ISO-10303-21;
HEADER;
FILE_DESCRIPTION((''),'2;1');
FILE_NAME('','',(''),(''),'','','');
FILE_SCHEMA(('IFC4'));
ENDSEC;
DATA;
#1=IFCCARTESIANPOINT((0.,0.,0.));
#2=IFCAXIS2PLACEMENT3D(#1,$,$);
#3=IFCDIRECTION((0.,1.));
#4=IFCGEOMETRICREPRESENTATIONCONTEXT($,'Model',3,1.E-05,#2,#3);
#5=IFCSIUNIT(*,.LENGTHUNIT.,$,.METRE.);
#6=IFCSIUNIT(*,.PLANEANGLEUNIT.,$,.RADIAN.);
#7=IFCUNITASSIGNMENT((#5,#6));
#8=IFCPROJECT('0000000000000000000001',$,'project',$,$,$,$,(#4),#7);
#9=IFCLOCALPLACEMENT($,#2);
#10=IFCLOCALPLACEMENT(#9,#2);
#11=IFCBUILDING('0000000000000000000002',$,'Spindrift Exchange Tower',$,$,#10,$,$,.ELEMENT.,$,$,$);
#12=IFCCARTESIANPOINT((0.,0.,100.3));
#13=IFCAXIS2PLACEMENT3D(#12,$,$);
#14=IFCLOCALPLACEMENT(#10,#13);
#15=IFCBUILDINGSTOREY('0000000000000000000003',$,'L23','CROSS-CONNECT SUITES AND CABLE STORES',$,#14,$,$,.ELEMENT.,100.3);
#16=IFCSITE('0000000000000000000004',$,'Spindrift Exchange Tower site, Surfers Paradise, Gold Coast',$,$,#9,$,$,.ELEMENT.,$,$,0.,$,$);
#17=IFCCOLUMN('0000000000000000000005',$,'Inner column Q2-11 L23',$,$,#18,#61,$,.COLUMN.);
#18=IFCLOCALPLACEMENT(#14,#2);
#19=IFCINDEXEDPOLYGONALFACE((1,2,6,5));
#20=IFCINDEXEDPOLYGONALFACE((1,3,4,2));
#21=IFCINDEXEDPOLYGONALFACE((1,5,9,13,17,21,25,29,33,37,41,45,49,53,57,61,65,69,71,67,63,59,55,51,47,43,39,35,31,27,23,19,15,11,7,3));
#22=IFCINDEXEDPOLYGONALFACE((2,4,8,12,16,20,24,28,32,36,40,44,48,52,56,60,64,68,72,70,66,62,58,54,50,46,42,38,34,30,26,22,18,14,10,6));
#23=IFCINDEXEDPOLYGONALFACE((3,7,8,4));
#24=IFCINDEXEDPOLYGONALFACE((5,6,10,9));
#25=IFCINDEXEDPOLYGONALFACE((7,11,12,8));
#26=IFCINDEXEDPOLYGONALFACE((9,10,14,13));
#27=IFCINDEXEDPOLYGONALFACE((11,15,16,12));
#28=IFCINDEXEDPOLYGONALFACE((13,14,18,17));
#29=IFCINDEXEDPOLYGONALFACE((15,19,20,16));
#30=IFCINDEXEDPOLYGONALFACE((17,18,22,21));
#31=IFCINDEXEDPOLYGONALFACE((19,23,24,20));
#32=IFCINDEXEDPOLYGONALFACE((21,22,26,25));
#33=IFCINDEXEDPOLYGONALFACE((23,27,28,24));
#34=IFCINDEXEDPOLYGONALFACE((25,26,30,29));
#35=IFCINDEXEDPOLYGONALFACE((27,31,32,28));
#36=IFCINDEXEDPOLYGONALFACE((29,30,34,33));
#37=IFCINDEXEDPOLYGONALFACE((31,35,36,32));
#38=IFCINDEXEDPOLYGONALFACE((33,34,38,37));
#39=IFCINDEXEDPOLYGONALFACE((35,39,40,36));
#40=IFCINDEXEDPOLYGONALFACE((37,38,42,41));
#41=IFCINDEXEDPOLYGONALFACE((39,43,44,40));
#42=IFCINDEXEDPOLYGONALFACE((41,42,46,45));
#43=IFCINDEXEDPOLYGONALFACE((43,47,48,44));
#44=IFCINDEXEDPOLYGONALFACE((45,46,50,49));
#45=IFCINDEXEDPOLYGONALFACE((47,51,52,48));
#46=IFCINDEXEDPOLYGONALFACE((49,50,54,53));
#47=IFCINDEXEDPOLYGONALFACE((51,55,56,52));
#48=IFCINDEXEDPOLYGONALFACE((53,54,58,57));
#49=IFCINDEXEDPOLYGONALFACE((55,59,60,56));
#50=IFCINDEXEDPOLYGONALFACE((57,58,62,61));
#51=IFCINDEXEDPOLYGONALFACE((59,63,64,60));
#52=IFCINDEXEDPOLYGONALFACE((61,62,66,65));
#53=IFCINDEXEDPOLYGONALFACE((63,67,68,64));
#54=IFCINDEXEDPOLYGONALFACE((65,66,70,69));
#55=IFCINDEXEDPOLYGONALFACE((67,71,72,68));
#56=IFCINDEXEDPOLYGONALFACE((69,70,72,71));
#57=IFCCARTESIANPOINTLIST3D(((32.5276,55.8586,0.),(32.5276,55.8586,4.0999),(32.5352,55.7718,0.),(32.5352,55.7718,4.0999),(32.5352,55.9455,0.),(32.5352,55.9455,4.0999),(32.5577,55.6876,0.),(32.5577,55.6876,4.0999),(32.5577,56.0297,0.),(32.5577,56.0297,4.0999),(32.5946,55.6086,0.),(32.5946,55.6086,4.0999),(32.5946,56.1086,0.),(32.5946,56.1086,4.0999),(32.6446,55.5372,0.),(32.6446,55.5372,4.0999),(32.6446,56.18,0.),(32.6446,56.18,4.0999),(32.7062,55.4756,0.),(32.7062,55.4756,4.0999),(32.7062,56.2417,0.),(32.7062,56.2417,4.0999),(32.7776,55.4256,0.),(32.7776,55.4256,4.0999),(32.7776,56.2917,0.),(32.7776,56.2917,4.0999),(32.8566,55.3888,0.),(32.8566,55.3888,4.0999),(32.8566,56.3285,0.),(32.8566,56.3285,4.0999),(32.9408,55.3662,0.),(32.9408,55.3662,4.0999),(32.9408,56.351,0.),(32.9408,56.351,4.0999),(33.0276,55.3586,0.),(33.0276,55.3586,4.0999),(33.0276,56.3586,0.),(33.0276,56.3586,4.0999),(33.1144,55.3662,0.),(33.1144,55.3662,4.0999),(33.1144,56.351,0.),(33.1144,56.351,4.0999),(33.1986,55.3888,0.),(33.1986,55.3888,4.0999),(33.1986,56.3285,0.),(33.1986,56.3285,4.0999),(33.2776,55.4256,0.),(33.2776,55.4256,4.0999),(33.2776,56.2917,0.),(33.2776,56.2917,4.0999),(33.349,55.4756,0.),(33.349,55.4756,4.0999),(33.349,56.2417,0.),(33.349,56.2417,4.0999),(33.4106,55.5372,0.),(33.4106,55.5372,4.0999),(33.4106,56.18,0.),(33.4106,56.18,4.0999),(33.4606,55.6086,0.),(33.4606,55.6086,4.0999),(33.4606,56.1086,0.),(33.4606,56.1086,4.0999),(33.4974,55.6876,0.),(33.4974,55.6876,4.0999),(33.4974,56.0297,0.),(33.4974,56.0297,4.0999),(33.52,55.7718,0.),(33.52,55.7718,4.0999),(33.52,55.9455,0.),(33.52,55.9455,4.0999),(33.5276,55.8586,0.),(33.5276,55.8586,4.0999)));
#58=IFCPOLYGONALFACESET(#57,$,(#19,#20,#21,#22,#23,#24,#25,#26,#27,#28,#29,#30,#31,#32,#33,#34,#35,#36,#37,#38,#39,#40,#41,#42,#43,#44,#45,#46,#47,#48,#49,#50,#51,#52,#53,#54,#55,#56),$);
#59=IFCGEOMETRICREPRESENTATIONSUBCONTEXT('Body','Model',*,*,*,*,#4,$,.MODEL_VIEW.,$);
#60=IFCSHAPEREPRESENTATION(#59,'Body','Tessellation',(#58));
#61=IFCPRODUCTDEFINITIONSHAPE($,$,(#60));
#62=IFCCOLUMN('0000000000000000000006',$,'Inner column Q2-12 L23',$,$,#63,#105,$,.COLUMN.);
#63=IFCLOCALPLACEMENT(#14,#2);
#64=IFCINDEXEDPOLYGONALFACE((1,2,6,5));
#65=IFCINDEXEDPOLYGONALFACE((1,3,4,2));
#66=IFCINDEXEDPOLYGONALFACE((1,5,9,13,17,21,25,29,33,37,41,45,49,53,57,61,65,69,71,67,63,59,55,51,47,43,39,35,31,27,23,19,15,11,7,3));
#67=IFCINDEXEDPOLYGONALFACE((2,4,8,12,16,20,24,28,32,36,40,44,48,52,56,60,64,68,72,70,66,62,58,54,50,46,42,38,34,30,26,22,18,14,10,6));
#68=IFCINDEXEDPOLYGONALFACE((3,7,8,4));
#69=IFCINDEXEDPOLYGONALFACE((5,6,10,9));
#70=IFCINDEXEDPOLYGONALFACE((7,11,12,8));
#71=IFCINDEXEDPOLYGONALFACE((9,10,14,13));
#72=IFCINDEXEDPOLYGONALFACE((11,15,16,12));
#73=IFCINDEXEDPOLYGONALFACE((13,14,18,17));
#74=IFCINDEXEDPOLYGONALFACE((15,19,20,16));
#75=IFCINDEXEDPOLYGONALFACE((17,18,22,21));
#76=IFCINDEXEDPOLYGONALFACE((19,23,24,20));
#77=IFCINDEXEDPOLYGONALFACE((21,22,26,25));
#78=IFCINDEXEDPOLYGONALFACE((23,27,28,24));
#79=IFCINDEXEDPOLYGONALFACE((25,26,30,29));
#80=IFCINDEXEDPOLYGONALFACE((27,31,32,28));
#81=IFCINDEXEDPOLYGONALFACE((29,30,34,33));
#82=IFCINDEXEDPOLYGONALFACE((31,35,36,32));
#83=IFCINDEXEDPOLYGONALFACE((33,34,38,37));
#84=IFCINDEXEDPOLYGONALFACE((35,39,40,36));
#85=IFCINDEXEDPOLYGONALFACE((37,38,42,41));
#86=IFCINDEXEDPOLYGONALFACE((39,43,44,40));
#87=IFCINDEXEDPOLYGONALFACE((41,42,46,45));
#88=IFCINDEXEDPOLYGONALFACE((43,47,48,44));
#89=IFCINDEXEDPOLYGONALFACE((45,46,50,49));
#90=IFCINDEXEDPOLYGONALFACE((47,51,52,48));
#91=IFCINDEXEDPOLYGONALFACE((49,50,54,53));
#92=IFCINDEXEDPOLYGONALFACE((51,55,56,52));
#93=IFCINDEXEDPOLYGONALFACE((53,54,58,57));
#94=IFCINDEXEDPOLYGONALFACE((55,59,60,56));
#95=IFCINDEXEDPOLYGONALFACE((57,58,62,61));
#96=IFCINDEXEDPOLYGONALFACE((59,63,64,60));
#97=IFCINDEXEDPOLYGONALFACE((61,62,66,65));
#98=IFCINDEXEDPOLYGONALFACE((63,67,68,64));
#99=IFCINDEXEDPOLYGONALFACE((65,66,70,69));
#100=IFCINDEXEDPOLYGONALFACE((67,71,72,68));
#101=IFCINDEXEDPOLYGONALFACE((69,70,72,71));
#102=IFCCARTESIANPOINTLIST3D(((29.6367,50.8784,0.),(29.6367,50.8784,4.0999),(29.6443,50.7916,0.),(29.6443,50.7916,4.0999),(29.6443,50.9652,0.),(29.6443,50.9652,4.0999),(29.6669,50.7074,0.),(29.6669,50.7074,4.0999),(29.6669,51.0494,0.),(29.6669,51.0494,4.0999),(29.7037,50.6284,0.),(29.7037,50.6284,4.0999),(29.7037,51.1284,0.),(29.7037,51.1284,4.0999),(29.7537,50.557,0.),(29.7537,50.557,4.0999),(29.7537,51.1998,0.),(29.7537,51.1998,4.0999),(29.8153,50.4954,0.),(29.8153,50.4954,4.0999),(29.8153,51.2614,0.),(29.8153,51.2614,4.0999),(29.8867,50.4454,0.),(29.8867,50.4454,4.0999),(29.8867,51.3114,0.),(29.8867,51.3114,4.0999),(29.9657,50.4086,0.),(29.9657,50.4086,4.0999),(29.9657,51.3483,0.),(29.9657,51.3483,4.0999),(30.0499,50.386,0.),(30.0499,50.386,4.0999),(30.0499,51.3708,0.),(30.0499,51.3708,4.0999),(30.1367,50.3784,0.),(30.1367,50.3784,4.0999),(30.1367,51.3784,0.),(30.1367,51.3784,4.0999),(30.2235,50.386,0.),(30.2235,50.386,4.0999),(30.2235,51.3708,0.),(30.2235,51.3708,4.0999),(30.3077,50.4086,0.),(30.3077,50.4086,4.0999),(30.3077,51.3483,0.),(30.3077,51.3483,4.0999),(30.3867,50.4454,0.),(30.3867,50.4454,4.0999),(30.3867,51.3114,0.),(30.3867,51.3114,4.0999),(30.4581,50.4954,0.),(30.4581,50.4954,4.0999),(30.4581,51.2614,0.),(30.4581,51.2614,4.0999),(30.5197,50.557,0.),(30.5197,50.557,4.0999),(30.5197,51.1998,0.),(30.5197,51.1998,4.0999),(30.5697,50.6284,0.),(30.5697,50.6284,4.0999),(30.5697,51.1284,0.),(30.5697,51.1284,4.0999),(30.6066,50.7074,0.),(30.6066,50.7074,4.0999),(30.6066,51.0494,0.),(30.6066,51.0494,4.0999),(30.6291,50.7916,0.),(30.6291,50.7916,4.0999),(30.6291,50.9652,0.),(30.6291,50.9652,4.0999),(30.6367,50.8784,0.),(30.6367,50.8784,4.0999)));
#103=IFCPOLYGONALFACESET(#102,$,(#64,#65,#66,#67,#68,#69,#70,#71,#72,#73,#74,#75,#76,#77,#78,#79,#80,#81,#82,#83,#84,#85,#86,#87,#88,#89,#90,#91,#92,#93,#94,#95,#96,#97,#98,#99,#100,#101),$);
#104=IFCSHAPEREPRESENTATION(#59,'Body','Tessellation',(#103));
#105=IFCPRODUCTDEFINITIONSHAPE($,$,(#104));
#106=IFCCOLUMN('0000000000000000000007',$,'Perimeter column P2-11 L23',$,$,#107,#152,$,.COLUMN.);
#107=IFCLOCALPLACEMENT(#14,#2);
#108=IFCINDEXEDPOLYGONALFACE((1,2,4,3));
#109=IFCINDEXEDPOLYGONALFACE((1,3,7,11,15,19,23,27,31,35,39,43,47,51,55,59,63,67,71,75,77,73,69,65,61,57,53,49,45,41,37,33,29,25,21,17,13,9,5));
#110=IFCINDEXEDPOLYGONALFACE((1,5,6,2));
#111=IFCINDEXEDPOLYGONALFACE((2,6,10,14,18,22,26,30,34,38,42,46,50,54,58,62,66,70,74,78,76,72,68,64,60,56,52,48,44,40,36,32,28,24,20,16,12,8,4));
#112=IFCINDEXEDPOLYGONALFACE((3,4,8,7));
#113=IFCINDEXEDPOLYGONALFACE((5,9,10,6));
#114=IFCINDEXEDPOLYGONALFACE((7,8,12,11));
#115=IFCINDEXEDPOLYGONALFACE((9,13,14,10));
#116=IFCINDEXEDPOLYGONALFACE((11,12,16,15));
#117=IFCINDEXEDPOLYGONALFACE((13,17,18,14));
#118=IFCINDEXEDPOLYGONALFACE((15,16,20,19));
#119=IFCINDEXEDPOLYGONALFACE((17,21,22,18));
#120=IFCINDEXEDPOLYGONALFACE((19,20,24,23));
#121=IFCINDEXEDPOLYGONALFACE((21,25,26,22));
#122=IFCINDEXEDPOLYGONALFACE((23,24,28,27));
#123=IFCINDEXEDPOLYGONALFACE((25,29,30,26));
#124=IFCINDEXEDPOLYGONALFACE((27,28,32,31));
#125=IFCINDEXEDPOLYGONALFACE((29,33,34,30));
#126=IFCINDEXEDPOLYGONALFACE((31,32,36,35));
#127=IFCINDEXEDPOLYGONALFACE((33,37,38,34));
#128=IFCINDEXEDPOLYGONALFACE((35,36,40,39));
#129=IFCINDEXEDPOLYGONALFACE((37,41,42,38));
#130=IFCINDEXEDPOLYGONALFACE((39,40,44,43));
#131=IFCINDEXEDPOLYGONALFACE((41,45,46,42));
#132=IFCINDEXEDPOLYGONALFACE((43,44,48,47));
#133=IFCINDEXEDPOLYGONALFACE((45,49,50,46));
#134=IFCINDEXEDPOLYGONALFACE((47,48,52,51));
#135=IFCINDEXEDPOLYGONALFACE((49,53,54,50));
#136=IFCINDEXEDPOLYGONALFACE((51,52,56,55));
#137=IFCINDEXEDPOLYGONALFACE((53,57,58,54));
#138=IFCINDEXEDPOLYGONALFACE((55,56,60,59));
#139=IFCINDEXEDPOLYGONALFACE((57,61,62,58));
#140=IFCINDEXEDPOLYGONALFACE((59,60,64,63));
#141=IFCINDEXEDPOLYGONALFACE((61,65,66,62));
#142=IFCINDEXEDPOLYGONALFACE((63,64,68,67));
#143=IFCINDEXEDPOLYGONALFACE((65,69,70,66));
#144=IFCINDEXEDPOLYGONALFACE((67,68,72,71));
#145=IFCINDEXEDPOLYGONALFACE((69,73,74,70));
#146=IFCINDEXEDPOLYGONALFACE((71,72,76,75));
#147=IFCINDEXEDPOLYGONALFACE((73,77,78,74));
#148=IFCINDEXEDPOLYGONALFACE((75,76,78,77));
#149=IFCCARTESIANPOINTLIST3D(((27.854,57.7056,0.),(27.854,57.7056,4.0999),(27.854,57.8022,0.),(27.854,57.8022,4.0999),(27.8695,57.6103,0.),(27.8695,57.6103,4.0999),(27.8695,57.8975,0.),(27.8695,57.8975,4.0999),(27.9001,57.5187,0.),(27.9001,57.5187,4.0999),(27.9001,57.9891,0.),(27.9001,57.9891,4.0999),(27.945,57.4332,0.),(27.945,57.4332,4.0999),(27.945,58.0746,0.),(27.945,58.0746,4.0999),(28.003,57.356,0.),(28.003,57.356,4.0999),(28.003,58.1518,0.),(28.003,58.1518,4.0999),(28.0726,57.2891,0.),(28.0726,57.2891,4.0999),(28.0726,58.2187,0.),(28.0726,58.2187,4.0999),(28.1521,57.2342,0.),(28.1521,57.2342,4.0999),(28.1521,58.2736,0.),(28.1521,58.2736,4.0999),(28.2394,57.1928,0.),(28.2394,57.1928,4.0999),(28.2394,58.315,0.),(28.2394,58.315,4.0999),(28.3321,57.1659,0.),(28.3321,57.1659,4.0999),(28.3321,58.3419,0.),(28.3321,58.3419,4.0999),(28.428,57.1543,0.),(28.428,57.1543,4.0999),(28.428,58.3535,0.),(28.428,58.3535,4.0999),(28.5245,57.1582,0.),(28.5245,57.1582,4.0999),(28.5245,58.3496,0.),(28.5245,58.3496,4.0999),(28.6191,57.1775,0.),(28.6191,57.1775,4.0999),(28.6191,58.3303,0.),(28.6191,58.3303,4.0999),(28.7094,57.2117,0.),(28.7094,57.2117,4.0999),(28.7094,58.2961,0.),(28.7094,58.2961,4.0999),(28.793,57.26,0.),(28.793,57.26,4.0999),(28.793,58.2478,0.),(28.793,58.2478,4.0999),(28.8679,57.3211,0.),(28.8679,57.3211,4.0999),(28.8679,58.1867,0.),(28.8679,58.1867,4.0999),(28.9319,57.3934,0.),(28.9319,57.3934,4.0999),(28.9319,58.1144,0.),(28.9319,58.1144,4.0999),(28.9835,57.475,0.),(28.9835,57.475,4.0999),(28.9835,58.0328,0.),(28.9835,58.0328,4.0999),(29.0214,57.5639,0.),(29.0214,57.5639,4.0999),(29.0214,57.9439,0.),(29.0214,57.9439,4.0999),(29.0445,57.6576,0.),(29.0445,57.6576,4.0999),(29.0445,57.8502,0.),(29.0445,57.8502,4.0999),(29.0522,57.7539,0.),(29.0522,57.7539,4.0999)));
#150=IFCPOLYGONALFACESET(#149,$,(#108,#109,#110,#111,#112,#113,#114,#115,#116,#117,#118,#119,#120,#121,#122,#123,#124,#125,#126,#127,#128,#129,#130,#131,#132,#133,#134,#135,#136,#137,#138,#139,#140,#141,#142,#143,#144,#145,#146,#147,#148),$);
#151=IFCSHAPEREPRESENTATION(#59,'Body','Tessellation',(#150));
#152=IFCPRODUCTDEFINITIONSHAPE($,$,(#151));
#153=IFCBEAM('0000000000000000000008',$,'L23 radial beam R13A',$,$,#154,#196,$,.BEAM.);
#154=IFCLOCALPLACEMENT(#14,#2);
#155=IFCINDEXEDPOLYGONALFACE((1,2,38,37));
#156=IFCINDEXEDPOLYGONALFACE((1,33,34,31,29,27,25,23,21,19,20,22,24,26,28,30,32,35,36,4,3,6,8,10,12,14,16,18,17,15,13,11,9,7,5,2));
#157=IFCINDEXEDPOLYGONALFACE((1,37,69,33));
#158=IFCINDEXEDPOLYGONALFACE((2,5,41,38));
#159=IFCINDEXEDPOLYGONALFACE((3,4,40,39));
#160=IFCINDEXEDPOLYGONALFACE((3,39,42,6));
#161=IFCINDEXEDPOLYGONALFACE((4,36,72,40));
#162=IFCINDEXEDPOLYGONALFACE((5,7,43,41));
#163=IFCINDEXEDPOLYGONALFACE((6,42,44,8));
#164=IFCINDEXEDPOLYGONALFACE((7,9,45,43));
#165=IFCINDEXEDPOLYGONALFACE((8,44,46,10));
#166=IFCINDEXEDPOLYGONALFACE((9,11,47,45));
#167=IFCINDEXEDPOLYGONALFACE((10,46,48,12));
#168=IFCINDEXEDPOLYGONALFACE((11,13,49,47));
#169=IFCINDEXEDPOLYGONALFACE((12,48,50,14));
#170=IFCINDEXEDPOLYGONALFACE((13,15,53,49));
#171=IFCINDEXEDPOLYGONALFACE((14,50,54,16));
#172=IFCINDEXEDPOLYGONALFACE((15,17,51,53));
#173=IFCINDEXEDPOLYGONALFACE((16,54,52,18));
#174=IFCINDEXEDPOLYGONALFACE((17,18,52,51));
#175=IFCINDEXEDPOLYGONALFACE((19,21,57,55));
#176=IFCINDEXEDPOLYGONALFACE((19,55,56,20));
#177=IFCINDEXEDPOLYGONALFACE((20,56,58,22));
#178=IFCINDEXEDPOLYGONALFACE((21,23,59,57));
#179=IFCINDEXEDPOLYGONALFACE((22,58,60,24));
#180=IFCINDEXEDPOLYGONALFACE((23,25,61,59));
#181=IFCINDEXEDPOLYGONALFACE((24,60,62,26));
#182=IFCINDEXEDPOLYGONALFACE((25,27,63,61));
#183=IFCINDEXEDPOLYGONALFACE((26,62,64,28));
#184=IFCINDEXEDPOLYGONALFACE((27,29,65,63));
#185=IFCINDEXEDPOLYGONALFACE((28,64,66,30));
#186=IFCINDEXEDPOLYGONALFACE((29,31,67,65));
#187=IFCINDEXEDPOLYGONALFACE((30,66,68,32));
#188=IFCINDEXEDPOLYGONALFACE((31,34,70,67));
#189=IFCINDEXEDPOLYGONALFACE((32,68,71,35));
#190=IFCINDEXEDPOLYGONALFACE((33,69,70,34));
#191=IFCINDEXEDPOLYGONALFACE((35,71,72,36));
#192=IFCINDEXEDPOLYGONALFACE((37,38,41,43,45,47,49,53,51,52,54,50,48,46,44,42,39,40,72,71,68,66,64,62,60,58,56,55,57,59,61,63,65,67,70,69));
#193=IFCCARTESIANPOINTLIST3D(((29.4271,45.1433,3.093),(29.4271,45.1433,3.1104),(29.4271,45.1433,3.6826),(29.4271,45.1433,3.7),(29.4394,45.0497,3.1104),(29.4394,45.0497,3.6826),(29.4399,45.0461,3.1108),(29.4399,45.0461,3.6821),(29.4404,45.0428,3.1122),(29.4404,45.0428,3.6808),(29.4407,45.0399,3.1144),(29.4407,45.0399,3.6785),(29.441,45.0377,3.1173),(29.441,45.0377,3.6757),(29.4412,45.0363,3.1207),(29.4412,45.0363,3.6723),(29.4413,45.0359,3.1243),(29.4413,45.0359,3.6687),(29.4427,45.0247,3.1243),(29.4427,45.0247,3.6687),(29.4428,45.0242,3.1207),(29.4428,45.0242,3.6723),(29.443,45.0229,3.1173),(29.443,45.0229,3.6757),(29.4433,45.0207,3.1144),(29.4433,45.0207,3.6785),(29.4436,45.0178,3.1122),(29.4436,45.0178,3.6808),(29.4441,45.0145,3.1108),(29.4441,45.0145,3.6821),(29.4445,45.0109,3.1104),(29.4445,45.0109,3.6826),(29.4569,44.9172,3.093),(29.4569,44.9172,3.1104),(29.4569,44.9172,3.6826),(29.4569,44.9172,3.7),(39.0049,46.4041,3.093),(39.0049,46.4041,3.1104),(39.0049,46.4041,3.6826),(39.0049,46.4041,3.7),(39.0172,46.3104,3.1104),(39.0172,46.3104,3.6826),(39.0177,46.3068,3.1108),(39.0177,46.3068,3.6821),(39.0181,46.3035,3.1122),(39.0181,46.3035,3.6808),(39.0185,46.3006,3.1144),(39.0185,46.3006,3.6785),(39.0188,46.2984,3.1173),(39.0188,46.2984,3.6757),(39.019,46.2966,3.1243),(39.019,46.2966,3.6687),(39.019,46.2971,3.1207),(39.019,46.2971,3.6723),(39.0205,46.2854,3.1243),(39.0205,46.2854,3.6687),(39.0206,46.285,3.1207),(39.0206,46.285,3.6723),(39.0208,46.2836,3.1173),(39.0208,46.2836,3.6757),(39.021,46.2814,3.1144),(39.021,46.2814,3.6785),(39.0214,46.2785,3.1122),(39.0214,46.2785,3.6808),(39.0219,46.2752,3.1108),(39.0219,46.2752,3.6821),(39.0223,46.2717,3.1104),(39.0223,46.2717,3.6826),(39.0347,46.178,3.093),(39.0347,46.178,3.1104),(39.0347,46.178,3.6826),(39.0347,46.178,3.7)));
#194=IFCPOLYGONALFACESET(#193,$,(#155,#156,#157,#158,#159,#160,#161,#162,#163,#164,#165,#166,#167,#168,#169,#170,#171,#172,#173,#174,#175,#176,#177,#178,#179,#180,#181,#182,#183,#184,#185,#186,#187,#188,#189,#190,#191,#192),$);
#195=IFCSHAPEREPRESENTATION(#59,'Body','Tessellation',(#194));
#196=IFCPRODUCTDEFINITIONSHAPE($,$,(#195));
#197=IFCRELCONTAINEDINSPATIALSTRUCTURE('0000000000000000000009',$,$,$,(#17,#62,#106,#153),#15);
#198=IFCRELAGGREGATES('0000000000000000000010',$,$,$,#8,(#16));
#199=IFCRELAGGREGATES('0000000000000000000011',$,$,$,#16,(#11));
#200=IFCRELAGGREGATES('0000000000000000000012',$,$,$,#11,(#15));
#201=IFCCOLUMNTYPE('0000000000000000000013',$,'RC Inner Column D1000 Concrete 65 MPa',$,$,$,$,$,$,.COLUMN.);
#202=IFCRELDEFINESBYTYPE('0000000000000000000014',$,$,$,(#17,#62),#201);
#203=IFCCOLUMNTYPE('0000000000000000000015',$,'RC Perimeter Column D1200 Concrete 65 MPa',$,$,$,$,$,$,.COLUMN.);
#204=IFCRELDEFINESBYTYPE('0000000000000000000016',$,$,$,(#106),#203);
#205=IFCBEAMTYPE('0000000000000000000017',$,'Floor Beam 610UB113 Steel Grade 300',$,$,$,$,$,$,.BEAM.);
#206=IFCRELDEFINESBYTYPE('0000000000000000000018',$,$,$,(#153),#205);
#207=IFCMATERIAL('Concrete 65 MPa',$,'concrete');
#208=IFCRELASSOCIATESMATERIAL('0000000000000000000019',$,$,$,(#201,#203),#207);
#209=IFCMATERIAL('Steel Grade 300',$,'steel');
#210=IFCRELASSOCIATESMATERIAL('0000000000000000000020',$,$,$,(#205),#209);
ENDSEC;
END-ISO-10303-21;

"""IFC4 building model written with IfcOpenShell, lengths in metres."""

from ifc_helpers import new_model, si_unit, direction, frame, origin, origin_2d, place, context, subcontext, project, spatial, circle, i_section, extrude, source, transform, mapped, material, material_profile, profile_set, type_object, element, save


model = new_model("IFC4")

# Units and contexts
model_context = context("Model", 3, precision=1e-05, world=origin(), true_north=direction((0.0, 1.0)))
body_context = subcontext(model_context, "Body", "Model", "MODEL_VIEW")
ifc_project = project(units=[si_unit("LENGTHUNIT", "METRE"), si_unit("PLANEANGLEUNIT", "RADIAN")], contexts=[model_context])

# Site, building, storey
site_placement = place(None, origin())
site = spatial("IfcSite", under=ifc_project, at=site_placement, Name="Spindrift Exchange Tower site, Surfers Paradise, Gold Coast", CompositionType="ELEMENT", RefElevation=0.0)
building_placement = place(site_placement, origin())
building = spatial("IfcBuilding", under=site, at=building_placement, Name="Spindrift Exchange Tower", CompositionType="ELEMENT")
storey_placement = place(building_placement, frame((0.0, 0.0, 100.3)))
storey = spatial("IfcBuildingStorey", under=building, at=storey_placement, Name="L23", Description="CROSS-CONNECT SUITES AND CABLE STORES", CompositionType="ELEMENT", Elevation=100.3)

# Columns
ifc_material_1 = material(Name="Concrete 65 MPa", Category="concrete")
ifc_material_profile_1 = material_profile(ifc_material_1, circle(Radius=0.5, at=origin_2d()), Name="RC D1000")
ifc_profile_set_1 = profile_set([ifc_material_profile_1], Name="Concrete 65 MPa")
column_type_1 = type_object("IfcColumnType", Name="RC Inner Column D1000 Concrete 65 MPa", PredefinedType="COLUMN", material=ifc_profile_set_1)
shared_shape_1 = source(origin(), body_context, "Body", "SweptSolid", [
    extrude(circle(Radius=0.5, at=origin_2d()), origin(), (0.0, 0.0, 1.0), 4.0999),
])
for number, where, z_axis, x_axis, name in (
    (1, (33.0276, 55.8586, 0.0), (0.0, 0.0, 1.0), (1.0, 0.0, 0.0), "Inner column Q2-11 L23"),
    (2, (30.1367, 50.8784, 0.0), (0.0, 0.0, 1.0), (1.0, 0.0, 0.0), "Inner column Q2-12 L23"),
):
    element("IfcColumn", number, at=place(storey_placement, frame(where, z_axis=z_axis, x_axis=x_axis)), inside=storey, type_object=column_type_1, Name=name, PredefinedType="COLUMN", context=body_context, shape_type="MappedRepresentation", body=[
        mapped(shared_shape_1, transform((0.0, 0.0, 0.0), scale=1.0)),
    ])
ifc_material_profile_2 = material_profile(ifc_material_1, circle(Radius=0.6001, at=origin_2d()), Name="RC D1200")
ifc_profile_set_2 = profile_set([ifc_material_profile_2], Name="Concrete 65 MPa")
column_type_2 = type_object("IfcColumnType", Name="RC Perimeter Column D1200 Concrete 65 MPa", PredefinedType="COLUMN", material=ifc_profile_set_2)
shared_shape_2 = source(origin(), body_context, "Body", "SweptSolid", [
    extrude(circle(Radius=0.6001, at=origin_2d()), origin(), (0.0, 0.0, 1.0), 4.0999),
])
column_placement = place(storey_placement, frame((28.4521, 57.7539, 0.0), z_axis=(0.0, 0.0, 1.0), x_axis=(1.0, 0.0, 0.0)))
element("IfcColumn", 3, at=column_placement, inside=storey, type_object=column_type_2, Name="Perimeter column P2-11 L23", PredefinedType="COLUMN", context=body_context, shape_type="MappedRepresentation", body=[
    mapped(shared_shape_2, transform((0.0, 0.0, 0.0), scale=1.0)),
])

# Beam
ifc_material_2 = material(Name="Steel Grade 300", Category="steel")
ifc_material_profile_3 = material_profile(ifc_material_2, i_section(OverallWidth=0.228, OverallDepth=0.6069, WebThickness=0.0112, FlangeThickness=0.0173, FilletRadius=0.0139, at=origin_2d()), Name="610UB113")
ifc_profile_set_3 = profile_set([ifc_material_profile_3], Name="Steel Grade 300")
beam_type_1 = type_object("IfcBeamType", Name="Floor Beam 610UB113 Steel Grade 300", PredefinedType="BEAM", material=ifc_profile_set_3)
shared_shape_3 = source(origin(), body_context, "Body", "SweptSolid", [
    extrude(i_section(OverallWidth=0.228, OverallDepth=0.6069, WebThickness=0.0112, FlangeThickness=0.0173, FilletRadius=0.0139, at=origin_2d()), origin(), (0.0, 0.0, 1.0), 9.6604),
])
beam_1_placement = place(storey_placement, frame((39.0198, 46.291, 3.3965), z_axis=(-0.991448, -0.130505, 0.0), x_axis=(0.130505, -0.991448, 0.0)))
element("IfcBeam", 4, at=beam_1_placement, inside=storey, type_object=beam_type_1, Name="L23 radial beam R13A", PredefinedType="BEAM", context=body_context, shape_type="MappedRepresentation", body=[
    mapped(shared_shape_3, transform((0.0, 0.0, 0.0), scale=1.0)),
])

save(model, "model.ifc")
